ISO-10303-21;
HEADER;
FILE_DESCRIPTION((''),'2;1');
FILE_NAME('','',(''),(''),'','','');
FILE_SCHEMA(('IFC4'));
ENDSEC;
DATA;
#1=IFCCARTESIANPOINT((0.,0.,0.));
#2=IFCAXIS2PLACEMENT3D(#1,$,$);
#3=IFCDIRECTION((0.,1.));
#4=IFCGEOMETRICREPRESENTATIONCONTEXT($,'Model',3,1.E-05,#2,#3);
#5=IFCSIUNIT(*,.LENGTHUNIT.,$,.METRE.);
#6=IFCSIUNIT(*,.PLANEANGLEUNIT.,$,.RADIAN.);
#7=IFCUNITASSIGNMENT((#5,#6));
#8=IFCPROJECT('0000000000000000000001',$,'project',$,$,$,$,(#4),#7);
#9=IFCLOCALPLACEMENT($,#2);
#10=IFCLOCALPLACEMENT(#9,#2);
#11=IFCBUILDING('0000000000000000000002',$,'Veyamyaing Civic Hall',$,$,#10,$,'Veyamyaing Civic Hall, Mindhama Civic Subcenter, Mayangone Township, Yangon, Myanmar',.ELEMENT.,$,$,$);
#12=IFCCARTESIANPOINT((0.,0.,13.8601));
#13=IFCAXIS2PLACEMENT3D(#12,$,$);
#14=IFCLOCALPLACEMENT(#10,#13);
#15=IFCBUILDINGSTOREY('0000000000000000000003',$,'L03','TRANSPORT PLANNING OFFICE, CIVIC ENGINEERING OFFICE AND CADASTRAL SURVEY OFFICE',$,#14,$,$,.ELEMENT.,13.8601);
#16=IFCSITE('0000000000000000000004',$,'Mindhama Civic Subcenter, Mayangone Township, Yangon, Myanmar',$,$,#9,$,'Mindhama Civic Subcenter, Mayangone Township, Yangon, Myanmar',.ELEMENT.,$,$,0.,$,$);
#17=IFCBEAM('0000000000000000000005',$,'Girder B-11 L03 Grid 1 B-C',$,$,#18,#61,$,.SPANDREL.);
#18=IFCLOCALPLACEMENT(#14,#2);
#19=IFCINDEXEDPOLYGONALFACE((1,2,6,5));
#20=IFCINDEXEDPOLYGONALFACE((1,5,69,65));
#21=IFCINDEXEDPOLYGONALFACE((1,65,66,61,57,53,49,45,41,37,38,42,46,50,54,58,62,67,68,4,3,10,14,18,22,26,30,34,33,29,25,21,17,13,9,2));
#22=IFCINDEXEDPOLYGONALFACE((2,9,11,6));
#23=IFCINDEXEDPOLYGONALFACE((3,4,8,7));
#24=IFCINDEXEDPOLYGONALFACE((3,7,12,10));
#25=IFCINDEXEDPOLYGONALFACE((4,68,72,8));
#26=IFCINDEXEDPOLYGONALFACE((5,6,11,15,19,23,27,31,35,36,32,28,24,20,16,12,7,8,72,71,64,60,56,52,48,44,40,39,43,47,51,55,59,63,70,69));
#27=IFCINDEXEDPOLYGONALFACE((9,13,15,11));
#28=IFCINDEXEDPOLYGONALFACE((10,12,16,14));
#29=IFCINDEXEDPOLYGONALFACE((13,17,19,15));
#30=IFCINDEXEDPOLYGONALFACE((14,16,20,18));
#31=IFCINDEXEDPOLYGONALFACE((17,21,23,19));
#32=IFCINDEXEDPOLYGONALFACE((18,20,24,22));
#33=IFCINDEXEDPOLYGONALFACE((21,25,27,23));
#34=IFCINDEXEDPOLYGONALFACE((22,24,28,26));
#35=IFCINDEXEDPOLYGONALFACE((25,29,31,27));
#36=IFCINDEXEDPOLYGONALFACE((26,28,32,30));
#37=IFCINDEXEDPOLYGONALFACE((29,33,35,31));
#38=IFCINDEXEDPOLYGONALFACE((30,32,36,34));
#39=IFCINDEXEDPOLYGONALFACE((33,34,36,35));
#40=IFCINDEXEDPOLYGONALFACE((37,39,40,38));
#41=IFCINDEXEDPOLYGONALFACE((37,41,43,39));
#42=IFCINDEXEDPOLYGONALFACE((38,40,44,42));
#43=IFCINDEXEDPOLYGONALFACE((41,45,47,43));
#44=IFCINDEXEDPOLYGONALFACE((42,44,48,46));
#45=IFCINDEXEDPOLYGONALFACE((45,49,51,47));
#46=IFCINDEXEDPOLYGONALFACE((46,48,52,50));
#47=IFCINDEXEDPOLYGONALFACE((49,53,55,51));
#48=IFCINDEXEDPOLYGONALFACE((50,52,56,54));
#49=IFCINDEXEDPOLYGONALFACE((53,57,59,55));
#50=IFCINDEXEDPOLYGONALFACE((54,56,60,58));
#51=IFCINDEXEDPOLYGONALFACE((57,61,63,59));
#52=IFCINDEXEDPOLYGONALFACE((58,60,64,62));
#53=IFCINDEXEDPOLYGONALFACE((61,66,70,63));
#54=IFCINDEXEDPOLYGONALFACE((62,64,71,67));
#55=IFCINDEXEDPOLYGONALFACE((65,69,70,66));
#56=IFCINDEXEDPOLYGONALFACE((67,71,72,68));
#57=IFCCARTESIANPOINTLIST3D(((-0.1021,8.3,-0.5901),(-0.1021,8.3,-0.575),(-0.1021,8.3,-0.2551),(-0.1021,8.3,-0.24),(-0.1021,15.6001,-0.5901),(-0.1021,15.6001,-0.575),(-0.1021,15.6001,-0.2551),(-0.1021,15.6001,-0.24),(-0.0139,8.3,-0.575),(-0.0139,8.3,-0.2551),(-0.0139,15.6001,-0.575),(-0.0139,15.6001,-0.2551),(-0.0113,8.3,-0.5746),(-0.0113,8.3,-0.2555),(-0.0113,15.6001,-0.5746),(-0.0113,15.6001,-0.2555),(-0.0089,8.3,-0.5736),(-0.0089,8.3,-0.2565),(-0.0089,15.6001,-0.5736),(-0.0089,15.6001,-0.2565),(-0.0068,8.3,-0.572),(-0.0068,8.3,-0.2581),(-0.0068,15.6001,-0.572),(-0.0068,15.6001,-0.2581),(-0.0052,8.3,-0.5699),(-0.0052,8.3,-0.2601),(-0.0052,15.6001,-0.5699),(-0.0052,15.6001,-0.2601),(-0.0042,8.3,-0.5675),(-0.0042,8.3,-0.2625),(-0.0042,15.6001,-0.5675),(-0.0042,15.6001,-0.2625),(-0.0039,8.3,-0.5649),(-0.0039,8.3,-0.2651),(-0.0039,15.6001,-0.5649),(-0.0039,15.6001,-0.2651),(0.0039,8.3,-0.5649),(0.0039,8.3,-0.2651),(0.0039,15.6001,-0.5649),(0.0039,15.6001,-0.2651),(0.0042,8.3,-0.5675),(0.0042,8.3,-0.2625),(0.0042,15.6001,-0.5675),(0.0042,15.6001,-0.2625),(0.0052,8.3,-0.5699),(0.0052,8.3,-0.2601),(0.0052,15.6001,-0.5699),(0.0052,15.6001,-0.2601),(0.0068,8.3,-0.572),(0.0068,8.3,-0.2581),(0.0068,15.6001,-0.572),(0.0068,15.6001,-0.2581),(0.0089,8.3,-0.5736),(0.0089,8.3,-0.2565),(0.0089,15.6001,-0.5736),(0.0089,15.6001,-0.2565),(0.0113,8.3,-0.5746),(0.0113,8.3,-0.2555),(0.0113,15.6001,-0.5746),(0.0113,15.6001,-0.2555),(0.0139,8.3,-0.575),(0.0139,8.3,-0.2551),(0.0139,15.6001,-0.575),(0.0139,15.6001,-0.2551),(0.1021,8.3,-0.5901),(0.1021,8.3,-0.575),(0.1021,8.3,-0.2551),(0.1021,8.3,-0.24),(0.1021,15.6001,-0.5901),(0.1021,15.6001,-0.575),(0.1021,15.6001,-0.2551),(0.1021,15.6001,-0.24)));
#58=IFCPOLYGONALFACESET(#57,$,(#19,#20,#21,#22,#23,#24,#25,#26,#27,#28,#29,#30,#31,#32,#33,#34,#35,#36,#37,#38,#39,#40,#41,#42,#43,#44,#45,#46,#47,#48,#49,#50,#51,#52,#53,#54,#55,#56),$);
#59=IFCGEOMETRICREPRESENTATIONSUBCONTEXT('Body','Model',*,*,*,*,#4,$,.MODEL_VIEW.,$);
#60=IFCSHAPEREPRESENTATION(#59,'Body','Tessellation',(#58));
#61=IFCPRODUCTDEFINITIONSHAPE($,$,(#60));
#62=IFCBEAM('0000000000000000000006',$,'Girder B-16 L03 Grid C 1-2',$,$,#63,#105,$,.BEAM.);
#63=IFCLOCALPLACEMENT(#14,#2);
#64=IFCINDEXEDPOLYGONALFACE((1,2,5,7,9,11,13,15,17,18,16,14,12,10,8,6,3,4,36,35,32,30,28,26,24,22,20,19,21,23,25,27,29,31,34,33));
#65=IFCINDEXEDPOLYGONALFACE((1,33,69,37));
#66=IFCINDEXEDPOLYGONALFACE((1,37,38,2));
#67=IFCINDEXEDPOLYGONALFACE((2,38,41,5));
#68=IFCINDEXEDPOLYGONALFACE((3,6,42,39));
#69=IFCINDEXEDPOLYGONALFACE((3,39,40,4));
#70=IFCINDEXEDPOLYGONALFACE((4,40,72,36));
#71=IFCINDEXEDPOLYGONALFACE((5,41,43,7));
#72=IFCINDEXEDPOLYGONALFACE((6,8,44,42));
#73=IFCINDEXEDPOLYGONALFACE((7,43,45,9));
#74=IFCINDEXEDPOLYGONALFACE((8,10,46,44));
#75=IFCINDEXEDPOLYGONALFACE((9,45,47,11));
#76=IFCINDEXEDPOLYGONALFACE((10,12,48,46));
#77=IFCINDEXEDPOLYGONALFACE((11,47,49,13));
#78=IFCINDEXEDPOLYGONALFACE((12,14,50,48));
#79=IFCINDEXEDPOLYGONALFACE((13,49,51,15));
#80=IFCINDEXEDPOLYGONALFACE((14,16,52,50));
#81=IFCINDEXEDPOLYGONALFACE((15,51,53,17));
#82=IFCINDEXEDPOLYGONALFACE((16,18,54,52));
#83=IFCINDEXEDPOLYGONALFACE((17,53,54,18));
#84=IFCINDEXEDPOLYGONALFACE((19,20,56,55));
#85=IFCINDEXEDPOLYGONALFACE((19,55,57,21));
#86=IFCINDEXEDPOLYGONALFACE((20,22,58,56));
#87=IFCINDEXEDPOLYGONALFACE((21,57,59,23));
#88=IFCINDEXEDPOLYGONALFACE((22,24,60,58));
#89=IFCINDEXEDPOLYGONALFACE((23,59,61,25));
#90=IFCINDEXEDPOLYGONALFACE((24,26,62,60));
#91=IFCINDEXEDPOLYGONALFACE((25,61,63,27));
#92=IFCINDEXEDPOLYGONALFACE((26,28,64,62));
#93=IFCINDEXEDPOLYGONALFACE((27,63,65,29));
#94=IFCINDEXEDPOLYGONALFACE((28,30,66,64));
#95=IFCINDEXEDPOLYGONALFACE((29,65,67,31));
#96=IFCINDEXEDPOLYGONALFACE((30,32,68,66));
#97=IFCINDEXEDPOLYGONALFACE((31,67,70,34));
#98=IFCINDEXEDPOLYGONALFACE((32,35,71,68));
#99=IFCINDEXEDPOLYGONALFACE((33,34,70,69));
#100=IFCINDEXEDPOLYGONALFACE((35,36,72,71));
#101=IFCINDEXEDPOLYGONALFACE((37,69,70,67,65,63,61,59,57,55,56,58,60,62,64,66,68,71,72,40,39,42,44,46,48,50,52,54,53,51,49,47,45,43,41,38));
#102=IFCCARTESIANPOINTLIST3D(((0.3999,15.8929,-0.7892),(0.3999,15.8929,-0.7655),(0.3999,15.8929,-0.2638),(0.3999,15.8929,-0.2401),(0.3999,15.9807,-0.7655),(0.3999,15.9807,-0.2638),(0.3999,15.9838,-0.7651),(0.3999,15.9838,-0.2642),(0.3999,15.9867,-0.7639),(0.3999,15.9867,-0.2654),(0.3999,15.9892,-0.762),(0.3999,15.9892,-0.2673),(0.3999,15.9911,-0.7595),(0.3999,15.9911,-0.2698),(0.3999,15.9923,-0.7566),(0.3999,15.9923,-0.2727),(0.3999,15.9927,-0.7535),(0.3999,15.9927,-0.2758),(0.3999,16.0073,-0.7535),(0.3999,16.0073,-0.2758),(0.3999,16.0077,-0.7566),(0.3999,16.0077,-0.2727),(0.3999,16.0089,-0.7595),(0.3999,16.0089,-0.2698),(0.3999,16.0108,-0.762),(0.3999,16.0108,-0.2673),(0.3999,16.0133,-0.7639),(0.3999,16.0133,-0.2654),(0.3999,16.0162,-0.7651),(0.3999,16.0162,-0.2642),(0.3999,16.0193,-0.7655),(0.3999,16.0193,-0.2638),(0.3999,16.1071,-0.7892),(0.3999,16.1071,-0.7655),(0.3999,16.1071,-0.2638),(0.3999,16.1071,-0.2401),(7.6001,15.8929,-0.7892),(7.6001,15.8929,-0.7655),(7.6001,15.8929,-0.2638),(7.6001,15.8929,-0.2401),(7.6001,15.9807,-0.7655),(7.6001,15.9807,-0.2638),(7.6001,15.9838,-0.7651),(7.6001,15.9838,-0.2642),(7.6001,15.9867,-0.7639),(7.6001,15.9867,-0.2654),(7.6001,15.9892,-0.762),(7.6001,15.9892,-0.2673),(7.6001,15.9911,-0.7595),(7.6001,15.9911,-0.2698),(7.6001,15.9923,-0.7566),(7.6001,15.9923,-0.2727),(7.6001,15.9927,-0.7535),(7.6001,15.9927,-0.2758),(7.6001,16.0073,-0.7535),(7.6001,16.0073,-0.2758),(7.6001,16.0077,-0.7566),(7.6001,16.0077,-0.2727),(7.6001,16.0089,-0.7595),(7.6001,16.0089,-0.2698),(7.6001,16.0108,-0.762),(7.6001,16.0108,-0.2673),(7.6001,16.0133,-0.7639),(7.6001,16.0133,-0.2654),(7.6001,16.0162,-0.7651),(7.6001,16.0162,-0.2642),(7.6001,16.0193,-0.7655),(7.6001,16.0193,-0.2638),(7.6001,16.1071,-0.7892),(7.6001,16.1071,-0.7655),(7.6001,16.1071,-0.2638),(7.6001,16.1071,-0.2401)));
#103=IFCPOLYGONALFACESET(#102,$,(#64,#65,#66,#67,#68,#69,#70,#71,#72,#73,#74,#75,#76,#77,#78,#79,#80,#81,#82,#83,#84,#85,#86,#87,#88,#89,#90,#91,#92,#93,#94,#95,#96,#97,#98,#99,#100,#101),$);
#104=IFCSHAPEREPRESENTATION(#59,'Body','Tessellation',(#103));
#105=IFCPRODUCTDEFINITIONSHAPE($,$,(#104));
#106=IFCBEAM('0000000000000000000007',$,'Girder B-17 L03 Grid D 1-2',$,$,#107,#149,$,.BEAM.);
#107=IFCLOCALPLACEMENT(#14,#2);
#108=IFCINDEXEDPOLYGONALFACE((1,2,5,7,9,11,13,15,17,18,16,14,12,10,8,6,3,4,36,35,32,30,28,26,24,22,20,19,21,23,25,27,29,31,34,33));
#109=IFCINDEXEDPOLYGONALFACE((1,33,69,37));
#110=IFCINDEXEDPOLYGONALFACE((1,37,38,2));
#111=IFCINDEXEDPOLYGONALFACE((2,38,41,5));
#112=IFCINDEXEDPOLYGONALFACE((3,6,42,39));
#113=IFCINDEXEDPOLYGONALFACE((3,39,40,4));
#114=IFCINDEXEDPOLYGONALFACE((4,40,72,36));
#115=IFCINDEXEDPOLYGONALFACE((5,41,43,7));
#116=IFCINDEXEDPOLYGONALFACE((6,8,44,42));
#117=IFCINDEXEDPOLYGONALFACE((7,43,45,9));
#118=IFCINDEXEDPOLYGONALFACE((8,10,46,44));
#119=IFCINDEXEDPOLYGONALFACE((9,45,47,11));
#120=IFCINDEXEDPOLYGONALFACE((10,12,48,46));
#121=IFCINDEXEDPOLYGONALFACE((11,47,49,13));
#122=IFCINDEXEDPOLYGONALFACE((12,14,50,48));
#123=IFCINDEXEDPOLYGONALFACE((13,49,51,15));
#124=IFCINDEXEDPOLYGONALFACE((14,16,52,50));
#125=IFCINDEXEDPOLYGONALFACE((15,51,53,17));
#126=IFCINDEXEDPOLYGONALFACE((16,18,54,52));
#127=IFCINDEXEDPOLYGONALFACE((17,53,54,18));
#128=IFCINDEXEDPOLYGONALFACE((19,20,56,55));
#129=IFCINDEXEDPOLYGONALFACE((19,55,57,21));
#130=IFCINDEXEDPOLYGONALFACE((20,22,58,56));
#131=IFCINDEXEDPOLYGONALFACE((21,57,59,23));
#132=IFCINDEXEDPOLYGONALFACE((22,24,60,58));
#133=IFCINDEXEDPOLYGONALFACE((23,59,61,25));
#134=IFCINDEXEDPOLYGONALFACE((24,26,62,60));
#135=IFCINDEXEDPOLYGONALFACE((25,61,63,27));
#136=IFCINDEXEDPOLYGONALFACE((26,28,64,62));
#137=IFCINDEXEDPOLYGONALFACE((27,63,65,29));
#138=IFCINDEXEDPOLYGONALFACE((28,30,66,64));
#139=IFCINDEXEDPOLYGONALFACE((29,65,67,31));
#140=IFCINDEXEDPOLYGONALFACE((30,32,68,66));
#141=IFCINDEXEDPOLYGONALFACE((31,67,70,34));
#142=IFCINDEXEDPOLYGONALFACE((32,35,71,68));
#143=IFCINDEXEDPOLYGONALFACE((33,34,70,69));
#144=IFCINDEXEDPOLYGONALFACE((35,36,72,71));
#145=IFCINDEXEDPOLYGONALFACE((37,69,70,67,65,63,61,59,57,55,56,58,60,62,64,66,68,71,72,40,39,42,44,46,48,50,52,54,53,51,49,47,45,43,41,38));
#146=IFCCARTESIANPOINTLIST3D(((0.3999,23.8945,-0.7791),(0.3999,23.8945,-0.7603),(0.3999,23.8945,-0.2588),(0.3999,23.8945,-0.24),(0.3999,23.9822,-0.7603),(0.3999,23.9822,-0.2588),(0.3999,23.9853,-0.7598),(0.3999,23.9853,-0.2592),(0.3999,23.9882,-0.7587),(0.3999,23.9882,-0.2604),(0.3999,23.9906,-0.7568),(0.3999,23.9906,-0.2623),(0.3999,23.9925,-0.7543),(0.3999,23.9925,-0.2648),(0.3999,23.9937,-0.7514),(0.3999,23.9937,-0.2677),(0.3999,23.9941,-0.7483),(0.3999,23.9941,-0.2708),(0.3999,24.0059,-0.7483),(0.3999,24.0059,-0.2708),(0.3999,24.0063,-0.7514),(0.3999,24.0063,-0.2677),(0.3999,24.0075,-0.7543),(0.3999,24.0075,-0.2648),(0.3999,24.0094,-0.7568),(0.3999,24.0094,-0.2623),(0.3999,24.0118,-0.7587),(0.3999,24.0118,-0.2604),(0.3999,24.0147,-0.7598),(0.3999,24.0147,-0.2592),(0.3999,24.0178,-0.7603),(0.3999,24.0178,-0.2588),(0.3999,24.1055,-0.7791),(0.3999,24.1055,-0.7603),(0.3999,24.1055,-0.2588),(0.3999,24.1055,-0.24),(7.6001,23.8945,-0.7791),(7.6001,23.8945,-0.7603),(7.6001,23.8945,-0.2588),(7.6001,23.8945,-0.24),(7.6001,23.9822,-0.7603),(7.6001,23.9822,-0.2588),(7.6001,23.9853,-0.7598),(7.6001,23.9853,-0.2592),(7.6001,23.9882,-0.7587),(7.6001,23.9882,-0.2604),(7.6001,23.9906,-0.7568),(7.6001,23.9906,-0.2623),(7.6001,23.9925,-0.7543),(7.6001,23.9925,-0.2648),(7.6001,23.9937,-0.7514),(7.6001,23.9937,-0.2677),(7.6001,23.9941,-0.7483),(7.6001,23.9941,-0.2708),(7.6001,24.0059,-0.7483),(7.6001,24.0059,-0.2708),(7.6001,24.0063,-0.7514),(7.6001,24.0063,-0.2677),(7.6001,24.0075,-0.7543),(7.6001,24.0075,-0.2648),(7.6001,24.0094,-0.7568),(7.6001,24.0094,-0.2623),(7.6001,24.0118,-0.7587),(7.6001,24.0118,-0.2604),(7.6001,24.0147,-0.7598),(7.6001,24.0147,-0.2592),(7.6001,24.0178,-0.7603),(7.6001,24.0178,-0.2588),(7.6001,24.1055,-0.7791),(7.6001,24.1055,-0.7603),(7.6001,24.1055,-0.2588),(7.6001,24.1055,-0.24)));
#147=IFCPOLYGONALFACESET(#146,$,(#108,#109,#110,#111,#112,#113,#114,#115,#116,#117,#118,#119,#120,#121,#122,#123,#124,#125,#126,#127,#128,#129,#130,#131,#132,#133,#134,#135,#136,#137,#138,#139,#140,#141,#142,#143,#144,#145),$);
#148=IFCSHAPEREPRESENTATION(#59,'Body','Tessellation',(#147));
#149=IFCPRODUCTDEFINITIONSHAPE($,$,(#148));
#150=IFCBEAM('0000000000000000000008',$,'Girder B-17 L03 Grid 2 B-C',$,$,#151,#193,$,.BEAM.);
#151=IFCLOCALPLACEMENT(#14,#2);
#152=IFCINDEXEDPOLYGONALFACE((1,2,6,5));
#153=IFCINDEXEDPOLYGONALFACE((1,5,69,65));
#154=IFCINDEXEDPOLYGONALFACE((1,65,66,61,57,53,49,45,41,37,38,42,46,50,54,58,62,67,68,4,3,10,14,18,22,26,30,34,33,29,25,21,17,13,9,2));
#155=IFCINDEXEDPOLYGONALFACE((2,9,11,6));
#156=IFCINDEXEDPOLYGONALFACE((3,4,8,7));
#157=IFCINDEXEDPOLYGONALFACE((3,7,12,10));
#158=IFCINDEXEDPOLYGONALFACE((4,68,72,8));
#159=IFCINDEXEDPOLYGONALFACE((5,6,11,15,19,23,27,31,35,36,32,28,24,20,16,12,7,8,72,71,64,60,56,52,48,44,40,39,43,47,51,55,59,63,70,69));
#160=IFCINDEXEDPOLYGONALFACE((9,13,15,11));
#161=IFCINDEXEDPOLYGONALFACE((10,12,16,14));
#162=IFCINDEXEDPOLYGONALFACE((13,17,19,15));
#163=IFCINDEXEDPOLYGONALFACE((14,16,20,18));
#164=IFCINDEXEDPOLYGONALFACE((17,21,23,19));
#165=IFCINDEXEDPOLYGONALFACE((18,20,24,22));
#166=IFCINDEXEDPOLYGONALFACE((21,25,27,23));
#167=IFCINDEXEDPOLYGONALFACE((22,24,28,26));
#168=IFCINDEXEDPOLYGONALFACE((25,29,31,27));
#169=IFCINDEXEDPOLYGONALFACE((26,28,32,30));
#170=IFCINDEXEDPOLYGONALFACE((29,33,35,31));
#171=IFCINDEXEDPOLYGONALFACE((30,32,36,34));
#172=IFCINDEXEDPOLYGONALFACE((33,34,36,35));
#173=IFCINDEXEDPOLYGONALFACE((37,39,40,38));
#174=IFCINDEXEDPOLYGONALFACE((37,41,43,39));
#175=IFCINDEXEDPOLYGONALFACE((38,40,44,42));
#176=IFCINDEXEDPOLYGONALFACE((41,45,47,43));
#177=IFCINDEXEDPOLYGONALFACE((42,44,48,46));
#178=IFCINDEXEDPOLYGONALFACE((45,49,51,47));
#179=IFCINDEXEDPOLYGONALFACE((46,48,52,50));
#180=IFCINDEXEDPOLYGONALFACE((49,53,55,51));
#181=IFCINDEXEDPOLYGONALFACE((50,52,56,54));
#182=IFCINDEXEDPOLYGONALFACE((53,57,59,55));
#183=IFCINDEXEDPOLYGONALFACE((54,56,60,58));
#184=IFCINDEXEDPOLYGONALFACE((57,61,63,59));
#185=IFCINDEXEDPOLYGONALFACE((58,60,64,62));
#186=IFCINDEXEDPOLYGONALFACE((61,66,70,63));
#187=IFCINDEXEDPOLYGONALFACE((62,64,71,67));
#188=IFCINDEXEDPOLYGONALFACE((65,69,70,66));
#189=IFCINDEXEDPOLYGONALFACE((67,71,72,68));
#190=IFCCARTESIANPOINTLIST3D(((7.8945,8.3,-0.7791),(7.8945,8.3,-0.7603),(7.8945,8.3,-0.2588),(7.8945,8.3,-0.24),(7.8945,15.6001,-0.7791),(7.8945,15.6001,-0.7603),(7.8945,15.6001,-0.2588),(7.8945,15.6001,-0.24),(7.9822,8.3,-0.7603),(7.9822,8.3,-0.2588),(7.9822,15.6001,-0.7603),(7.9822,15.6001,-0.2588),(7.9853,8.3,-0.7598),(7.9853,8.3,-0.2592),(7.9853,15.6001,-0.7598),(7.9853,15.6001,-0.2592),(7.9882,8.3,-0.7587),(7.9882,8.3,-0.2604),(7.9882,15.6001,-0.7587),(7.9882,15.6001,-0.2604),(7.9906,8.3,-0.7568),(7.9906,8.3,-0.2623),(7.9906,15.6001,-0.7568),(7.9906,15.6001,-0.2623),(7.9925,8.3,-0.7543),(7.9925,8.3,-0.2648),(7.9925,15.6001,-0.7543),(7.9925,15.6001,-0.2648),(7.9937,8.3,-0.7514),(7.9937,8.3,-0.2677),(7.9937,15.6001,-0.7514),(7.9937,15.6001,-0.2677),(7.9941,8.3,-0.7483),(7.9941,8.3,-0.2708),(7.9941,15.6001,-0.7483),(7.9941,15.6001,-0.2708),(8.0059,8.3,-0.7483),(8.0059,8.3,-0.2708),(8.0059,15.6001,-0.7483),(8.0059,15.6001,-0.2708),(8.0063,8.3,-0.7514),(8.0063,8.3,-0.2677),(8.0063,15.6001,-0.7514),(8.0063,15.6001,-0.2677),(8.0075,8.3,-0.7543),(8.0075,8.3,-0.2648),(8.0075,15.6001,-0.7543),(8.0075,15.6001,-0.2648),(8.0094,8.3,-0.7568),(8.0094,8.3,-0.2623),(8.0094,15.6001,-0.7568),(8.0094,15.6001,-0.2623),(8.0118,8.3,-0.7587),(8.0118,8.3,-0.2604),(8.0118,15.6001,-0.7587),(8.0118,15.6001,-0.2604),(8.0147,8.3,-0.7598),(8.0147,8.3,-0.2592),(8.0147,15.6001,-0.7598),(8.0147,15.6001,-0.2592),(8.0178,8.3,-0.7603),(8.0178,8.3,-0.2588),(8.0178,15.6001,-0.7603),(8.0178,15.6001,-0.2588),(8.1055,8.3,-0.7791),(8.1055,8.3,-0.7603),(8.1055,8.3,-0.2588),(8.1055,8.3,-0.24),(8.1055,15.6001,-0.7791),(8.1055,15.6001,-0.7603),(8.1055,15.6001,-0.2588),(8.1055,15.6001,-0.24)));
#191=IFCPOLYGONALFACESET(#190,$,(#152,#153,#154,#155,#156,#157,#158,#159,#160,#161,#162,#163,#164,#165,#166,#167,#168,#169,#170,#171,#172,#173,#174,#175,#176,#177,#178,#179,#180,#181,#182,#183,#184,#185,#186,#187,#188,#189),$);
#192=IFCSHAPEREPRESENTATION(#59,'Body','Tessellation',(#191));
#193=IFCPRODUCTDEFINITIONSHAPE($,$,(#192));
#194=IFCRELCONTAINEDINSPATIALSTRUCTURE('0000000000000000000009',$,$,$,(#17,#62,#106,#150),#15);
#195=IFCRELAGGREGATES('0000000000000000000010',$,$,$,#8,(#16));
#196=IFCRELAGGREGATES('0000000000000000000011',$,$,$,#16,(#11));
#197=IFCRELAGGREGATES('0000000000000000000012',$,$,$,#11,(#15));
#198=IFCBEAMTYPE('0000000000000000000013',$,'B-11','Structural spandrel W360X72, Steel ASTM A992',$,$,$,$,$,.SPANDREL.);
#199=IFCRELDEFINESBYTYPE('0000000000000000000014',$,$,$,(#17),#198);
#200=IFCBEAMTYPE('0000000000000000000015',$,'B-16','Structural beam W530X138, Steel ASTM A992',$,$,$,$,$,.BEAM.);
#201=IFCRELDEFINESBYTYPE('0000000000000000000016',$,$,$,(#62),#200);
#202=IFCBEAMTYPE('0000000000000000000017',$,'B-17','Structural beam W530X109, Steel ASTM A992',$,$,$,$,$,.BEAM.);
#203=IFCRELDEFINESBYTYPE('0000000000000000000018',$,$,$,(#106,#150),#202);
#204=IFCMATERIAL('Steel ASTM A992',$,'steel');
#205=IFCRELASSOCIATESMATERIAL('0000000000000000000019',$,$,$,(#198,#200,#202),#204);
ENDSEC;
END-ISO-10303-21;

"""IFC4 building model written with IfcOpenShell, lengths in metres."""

from ifc_helpers import new_model, si_unit, direction, frame, origin, origin_2d, place, context, subcontext, project, spatial, i_section, extrude, material, material_profile, profile_set, type_object, element, save


model = new_model("IFC4")

# Units and contexts
model_context = context("Model", 3, precision=1e-05, world=origin(), true_north=direction((0.0, 1.0)))
body_context = subcontext(model_context, "Body", "Model", "MODEL_VIEW")
ifc_project = project(units=[si_unit("LENGTHUNIT", "METRE"), si_unit("PLANEANGLEUNIT", "RADIAN")], contexts=[model_context])

# Site, building, storey
site_placement = place(None, origin())
site = spatial("IfcSite", under=ifc_project, at=site_placement, Name="Mindhama Civic Subcenter, Mayangone Township, Yangon, Myanmar", LongName="Mindhama Civic Subcenter, Mayangone Township, Yangon, Myanmar", CompositionType="ELEMENT", RefElevation=0.0)
building_placement = place(site_placement, origin())
building = spatial("IfcBuilding", under=site, at=building_placement, Name="Veyamyaing Civic Hall", LongName="Veyamyaing Civic Hall, Mindhama Civic Subcenter, Mayangone Township, Yangon, Myanmar", CompositionType="ELEMENT")
storey_placement = place(building_placement, frame((0.0, 0.0, 13.8601)))
storey = spatial("IfcBuildingStorey", under=building, at=storey_placement, Name="L03", Description="TRANSPORT PLANNING OFFICE, CIVIC ENGINEERING OFFICE AND CADASTRAL SURVEY OFFICE", CompositionType="ELEMENT", Elevation=13.8601)

# Beams
ifc_material_1 = material(Name="Steel ASTM A992", Category="steel")
ifc_material_profile_1 = material_profile(ifc_material_1, i_section(OverallWidth=0.2041, OverallDepth=0.3501, WebThickness=0.0078, FlangeThickness=0.0151, FilletRadius=0.01, at=origin_2d()), Name="W360X72")
ifc_profile_set_1 = profile_set([ifc_material_profile_1], Name="Steel ASTM A992")
beam_type_1 = type_object("IfcBeamType", Name="B-11", Description="Structural spandrel W360X72, Steel ASTM A992", PredefinedType="SPANDREL", material=ifc_profile_set_1)
beam_1_placement = place(storey_placement, frame((0.0, 8.3, -0.415), z_axis=(0.0, 1.0, 0.0), x_axis=(-1.0, 0.0, 0.0)))
element("IfcBeam", 1, at=beam_1_placement, inside=storey, type_object=beam_type_1, Name="Girder B-11 L03 Grid 1 B-C", PredefinedType="SPANDREL", context=body_context, shape_type="SweptSolid", body=[
    extrude(i_section(OverallWidth=0.2041, OverallDepth=0.3501, WebThickness=0.0078, FlangeThickness=0.0151, FilletRadius=0.01, at=origin_2d()), origin(), (0.0, 0.0, 1.0), 7.3),
])
ifc_material_profile_2 = material_profile(ifc_material_1, i_section(OverallWidth=0.2141, OverallDepth=0.5491, WebThickness=0.0146, FlangeThickness=0.0237, FilletRadius=0.012, at=origin_2d()), Name="W530X138")
ifc_profile_set_2 = profile_set([ifc_material_profile_2], Name="Steel ASTM A992")
beam_type_2 = type_object("IfcBeamType", Name="B-16", Description="Structural beam W530X138, Steel ASTM A992", PredefinedType="BEAM", material=ifc_profile_set_2)
beam_2_placement = place(storey_placement, frame((0.3999, 16.0, -0.5146), z_axis=(1.0, 0.0, 0.0), x_axis=(0.0, 1.0, 0.0)))
element("IfcBeam", 2, at=beam_2_placement, inside=storey, type_object=beam_type_2, Name="Girder B-16 L03 Grid C 1-2", PredefinedType="BEAM", context=body_context, shape_type="SweptSolid", body=[
    extrude(i_section(OverallWidth=0.2141, OverallDepth=0.5491, WebThickness=0.0146, FlangeThickness=0.0237, FilletRadius=0.012, at=origin_2d()), origin(), (0.0, 0.0, 1.0), 7.2002),
])
ifc_material_profile_3 = material_profile(ifc_material_1, i_section(OverallWidth=0.2109, OverallDepth=0.5391, WebThickness=0.0117, FlangeThickness=0.0188, FilletRadius=0.012, at=origin_2d()), Name="W530X109")
ifc_profile_set_3 = profile_set([ifc_material_profile_3], Name="Steel ASTM A992")
beam_type_3 = type_object("IfcBeamType", Name="B-17", Description="Structural beam W530X109, Steel ASTM A992", PredefinedType="BEAM", material=ifc_profile_set_3)
beam_3_placement = place(storey_placement, frame((0.3999, 24.0, -0.5095), z_axis=(1.0, 0.0, 0.0), x_axis=(0.0, 1.0, 0.0)))
element("IfcBeam", 3, at=beam_3_placement, inside=storey, type_object=beam_type_3, Name="Girder B-17 L03 Grid D 1-2", PredefinedType="BEAM", context=body_context, shape_type="SweptSolid", body=[
    extrude(i_section(OverallWidth=0.2109, OverallDepth=0.5391, WebThickness=0.0117, FlangeThickness=0.0188, FilletRadius=0.012, at=origin_2d()), origin(), (0.0, 0.0, 1.0), 7.2002),
])
beam_4_placement = place(storey_placement, frame((8.0, 8.3, -0.5095), z_axis=(0.0, 1.0, 0.0), x_axis=(-1.0, 0.0, 0.0)))
element("IfcBeam", 4, at=beam_4_placement, inside=storey, type_object=beam_type_3, Name="Girder B-17 L03 Grid 2 B-C", PredefinedType="BEAM", context=body_context, shape_type="SweptSolid", body=[
    extrude(i_section(OverallWidth=0.2109, OverallDepth=0.5391, WebThickness=0.0117, FlangeThickness=0.0188, FilletRadius=0.012, at=origin_2d()), origin(), (0.0, 0.0, 1.0), 7.3),
])

save(model, "model.ifc")
